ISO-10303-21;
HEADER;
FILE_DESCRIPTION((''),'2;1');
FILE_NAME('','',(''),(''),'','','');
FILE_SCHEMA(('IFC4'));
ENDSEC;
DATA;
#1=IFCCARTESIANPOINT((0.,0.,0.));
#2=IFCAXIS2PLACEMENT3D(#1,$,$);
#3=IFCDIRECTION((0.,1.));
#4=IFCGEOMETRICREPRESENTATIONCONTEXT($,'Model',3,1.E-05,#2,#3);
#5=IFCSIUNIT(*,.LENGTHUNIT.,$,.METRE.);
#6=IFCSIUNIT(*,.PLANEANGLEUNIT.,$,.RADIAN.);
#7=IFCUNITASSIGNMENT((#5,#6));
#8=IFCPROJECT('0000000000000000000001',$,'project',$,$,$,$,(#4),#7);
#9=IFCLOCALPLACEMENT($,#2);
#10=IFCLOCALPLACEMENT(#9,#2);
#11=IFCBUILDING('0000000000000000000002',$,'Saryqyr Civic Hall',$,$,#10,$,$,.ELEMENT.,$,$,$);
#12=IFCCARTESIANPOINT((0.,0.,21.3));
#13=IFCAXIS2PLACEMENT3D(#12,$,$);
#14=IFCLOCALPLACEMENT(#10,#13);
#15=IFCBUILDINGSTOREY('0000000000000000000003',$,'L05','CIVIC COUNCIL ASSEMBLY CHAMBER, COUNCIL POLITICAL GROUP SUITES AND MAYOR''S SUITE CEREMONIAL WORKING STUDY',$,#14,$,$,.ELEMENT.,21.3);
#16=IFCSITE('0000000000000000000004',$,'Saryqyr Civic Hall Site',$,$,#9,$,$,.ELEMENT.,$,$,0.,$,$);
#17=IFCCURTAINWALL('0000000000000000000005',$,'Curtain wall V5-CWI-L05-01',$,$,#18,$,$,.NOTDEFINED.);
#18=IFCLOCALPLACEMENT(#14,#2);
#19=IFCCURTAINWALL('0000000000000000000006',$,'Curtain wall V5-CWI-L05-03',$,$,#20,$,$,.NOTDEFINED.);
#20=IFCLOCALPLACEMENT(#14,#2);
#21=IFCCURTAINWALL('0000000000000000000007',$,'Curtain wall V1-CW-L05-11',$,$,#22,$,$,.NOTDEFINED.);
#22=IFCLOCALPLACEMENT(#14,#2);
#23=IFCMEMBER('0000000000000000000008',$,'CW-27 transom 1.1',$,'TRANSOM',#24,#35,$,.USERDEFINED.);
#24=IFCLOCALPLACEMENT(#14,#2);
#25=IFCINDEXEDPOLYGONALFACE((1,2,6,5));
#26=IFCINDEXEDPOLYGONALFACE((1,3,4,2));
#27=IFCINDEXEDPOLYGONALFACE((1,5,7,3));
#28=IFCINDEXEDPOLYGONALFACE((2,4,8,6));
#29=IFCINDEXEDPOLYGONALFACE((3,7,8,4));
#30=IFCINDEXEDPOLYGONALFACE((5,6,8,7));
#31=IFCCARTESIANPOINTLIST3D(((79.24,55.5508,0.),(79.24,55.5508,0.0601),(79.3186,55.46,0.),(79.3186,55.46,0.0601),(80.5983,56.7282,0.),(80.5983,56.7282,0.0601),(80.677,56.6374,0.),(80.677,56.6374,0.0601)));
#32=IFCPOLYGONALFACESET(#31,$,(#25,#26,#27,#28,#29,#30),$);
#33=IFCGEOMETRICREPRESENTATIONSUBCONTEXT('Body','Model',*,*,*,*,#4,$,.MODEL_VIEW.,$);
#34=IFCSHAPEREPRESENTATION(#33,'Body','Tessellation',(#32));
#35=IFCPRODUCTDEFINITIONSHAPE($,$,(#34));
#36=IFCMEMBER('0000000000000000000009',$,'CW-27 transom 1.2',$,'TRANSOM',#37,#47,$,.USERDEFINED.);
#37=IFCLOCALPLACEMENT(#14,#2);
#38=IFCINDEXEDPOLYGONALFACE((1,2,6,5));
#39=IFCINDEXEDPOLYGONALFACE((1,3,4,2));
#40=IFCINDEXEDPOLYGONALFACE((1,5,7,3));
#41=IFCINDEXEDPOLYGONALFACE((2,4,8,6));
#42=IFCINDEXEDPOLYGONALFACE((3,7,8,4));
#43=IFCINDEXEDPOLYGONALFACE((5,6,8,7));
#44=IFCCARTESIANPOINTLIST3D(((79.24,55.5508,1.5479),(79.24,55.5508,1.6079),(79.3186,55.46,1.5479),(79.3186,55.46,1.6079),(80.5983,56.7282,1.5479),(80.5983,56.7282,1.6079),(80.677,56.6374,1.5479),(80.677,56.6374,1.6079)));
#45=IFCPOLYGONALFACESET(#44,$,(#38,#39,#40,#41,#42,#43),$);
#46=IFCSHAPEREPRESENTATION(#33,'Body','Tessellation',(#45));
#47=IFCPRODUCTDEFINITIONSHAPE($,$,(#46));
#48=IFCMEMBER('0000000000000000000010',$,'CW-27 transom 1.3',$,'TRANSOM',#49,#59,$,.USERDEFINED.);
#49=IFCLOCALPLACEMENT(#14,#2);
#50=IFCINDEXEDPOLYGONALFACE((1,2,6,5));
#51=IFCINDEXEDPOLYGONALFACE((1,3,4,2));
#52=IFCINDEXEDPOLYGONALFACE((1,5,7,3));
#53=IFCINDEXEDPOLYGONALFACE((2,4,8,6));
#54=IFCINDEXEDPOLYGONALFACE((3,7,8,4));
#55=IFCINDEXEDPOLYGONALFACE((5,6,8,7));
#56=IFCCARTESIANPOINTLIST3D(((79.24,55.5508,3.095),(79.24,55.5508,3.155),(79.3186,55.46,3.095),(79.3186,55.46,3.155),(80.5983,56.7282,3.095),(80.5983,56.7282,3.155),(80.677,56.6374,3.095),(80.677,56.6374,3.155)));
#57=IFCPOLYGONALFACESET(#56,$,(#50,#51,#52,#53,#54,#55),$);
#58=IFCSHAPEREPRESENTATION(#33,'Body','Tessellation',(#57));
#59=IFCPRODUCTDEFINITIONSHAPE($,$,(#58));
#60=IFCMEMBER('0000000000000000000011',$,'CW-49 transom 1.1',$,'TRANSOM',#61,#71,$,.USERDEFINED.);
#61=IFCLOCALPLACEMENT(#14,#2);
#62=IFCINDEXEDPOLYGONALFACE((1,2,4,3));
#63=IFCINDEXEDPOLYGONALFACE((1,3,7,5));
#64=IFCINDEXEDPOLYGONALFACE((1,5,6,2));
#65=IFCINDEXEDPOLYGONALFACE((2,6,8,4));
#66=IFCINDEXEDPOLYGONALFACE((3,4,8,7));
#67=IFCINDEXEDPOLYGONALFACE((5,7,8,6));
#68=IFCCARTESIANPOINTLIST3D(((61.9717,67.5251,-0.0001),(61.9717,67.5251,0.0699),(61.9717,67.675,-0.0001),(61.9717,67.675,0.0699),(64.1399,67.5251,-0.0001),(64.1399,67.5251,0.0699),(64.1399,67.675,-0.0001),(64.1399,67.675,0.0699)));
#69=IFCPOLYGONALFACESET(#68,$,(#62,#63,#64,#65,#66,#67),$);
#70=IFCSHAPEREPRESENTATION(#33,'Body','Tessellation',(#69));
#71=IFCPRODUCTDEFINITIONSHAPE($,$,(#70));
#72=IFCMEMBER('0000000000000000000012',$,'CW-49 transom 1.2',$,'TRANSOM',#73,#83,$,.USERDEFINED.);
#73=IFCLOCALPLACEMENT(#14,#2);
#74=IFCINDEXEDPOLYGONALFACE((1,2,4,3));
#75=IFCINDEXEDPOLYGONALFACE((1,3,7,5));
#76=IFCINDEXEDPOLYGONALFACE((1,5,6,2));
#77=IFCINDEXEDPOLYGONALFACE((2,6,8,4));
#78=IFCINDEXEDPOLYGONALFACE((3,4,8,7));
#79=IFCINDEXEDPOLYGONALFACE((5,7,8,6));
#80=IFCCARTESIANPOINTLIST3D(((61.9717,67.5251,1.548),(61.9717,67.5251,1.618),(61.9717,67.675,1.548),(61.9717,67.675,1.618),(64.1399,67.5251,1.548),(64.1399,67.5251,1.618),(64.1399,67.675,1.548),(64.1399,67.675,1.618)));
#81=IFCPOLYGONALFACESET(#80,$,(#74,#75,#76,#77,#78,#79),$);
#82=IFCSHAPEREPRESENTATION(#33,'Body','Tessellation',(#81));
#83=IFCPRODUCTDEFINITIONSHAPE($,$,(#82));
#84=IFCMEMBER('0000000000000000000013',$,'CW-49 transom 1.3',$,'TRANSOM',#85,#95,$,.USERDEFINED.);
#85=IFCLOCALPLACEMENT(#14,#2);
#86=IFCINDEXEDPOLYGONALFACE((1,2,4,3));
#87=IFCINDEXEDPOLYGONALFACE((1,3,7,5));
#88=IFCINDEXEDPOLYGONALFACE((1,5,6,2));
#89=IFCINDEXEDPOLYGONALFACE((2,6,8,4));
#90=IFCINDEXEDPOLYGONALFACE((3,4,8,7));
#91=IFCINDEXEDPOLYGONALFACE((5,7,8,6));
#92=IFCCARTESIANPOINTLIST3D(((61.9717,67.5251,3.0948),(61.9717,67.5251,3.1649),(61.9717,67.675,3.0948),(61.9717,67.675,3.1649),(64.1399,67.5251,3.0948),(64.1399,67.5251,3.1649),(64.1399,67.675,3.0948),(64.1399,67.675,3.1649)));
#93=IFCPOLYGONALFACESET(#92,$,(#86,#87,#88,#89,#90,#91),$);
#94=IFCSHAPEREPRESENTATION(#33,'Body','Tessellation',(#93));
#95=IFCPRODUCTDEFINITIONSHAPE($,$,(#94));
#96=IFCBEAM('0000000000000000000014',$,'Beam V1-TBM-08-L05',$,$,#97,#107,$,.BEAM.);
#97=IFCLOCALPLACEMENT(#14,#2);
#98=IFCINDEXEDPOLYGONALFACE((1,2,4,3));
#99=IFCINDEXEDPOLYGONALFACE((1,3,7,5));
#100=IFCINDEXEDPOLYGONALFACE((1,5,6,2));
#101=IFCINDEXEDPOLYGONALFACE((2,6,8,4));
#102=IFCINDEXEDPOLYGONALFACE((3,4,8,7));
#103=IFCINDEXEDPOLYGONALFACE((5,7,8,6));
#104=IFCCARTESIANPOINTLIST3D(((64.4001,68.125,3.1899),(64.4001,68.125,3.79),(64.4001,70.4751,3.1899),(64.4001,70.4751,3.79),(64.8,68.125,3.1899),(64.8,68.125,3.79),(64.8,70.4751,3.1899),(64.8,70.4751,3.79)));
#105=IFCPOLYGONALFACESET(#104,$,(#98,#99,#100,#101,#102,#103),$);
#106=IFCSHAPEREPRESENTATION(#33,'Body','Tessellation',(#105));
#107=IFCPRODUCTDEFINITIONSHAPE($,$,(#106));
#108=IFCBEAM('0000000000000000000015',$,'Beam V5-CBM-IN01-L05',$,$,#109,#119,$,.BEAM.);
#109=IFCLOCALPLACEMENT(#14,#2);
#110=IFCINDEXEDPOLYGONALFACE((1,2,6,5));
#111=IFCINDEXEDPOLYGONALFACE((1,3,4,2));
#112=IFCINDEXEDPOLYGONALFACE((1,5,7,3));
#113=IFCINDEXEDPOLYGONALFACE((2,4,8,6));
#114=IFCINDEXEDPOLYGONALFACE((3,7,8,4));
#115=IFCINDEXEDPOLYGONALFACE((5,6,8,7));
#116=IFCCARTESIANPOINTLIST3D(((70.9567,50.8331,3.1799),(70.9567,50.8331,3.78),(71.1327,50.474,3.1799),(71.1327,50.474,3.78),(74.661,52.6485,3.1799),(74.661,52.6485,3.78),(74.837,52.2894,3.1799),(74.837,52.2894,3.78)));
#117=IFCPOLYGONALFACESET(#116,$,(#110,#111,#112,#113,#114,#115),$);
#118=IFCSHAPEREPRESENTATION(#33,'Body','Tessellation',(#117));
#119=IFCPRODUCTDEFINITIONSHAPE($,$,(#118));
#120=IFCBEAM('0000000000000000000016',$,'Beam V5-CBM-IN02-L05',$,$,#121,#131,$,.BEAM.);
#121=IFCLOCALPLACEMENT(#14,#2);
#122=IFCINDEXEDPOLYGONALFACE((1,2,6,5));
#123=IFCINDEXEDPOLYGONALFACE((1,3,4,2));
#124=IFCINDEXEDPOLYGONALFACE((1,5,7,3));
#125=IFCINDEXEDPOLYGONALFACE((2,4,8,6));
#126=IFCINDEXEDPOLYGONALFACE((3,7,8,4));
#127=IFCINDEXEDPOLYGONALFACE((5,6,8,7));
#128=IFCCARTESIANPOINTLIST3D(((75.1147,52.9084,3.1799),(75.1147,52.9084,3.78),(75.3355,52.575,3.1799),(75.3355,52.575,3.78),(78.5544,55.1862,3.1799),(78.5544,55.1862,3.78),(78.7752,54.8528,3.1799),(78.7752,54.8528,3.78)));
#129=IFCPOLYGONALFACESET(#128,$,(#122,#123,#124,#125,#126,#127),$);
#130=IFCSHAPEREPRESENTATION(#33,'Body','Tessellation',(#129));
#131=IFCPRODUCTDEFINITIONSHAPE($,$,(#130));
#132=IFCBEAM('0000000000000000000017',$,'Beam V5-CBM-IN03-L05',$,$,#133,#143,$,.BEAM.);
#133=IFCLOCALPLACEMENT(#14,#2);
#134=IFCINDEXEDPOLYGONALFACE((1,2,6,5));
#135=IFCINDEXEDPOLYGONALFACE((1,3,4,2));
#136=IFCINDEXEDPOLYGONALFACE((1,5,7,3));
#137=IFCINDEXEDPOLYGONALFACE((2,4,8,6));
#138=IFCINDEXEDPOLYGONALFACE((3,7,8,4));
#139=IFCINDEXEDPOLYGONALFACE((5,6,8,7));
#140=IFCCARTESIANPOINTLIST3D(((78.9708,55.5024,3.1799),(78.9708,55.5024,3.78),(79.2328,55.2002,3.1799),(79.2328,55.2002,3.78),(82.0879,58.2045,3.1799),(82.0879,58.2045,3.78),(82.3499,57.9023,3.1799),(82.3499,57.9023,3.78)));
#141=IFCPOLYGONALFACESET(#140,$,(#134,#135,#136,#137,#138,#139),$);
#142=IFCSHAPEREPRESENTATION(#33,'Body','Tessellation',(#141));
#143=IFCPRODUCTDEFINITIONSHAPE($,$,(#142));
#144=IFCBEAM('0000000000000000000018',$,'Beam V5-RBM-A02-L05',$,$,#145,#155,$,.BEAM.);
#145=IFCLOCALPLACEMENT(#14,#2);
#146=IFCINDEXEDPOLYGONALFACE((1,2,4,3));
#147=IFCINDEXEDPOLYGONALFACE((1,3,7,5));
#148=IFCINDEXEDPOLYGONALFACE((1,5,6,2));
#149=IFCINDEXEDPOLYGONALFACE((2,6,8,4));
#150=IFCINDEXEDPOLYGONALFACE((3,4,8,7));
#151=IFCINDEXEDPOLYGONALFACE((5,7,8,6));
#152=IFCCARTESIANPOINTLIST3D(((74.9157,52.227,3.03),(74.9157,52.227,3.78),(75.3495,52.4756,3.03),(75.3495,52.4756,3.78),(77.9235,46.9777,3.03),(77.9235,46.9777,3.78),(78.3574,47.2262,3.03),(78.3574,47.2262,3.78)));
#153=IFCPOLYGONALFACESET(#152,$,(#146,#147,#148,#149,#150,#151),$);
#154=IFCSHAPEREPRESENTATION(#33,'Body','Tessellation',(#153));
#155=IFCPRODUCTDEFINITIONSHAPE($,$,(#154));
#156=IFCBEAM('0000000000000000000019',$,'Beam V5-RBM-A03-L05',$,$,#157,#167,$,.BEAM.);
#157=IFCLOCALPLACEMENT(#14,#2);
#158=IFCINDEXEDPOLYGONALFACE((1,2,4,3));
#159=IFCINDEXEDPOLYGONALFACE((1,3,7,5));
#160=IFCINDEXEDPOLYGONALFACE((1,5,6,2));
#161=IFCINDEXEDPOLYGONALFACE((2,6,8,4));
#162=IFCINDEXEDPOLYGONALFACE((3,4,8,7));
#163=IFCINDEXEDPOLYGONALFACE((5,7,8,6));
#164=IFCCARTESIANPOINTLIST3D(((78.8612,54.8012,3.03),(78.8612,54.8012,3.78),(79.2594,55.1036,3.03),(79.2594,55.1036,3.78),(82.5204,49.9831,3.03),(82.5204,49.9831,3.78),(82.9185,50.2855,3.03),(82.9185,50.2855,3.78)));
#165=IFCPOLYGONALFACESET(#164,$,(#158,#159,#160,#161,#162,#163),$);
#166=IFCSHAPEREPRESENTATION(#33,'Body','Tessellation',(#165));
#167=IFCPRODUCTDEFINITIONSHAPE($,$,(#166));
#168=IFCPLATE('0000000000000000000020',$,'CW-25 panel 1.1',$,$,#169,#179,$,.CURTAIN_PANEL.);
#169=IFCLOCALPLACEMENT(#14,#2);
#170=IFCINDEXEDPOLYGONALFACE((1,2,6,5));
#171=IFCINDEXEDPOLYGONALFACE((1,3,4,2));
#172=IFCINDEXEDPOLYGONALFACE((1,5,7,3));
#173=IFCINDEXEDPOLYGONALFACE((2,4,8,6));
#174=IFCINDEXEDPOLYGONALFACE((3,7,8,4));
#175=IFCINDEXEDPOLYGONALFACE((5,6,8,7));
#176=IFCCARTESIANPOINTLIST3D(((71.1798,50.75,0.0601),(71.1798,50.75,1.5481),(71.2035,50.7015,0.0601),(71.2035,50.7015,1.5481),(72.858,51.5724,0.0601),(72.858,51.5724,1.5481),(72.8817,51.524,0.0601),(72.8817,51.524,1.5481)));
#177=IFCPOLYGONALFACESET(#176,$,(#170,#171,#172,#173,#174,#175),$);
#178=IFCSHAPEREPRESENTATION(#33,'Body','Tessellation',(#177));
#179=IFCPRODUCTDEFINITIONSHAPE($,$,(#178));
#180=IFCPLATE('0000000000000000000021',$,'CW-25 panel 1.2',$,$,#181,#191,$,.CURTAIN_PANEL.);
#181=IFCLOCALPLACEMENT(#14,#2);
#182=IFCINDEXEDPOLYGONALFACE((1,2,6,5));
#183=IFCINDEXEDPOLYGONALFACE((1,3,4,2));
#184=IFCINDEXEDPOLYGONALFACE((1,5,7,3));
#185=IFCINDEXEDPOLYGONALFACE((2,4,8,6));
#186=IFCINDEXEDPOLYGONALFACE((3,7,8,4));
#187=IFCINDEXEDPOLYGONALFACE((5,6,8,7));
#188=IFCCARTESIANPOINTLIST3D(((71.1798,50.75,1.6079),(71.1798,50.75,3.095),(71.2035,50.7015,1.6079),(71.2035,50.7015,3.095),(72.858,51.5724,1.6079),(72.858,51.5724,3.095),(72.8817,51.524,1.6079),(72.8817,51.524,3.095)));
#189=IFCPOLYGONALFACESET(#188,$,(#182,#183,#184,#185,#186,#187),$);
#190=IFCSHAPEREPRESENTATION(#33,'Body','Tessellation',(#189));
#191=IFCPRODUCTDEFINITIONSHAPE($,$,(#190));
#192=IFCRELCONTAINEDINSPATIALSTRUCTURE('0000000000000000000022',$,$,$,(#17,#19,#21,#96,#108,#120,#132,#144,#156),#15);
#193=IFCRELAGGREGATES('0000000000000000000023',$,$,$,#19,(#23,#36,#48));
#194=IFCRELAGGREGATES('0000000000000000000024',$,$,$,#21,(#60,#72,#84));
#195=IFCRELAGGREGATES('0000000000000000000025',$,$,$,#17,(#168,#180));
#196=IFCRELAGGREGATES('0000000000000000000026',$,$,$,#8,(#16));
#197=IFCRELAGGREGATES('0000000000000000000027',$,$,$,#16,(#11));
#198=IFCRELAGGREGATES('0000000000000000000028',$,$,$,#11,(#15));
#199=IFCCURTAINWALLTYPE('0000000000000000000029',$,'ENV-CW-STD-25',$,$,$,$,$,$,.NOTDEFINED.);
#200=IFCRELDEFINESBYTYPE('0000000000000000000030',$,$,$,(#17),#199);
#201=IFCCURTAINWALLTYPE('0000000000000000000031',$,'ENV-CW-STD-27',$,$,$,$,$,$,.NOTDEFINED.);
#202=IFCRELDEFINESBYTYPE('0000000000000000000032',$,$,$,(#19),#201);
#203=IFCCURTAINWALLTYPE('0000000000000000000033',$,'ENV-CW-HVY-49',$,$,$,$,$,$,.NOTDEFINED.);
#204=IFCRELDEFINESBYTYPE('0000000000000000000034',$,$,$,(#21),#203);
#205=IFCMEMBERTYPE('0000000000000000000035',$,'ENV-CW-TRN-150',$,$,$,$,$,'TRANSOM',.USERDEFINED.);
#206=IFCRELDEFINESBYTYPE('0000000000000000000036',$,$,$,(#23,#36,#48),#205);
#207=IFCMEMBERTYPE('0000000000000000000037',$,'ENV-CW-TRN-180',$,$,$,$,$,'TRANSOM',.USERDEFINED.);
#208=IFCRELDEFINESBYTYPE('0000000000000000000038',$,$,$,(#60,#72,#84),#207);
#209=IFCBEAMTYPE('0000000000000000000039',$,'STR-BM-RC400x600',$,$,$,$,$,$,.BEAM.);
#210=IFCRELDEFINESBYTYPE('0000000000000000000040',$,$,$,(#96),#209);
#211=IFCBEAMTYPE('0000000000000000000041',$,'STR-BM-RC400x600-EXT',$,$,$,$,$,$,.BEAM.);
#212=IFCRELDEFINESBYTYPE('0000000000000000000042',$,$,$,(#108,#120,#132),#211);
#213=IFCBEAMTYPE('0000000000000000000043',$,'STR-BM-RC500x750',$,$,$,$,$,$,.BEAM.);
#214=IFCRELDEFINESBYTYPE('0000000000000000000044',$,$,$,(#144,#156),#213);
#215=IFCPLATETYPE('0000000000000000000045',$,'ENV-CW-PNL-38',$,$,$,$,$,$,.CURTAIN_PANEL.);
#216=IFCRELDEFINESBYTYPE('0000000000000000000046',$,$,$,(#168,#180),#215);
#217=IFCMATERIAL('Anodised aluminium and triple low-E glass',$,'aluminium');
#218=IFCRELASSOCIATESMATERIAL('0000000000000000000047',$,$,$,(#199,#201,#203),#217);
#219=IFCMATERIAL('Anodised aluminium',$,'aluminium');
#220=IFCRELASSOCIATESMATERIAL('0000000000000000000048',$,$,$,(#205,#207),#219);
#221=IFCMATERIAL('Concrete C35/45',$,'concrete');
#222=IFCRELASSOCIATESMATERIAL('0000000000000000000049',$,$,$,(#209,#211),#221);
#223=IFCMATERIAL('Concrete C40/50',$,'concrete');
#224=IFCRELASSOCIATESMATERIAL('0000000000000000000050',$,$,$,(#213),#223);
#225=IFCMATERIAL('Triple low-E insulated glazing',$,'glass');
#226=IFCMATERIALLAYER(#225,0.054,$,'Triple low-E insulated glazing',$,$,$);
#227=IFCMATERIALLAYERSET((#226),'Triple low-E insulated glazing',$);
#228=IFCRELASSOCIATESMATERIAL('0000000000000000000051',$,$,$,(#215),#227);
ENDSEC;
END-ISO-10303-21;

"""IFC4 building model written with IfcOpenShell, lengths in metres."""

from ifc_helpers import new_model, si_unit, direction, frame, origin, origin_2d, place, context, subcontext, project, spatial, rectangle, extrude, material, layer, layer_set, material_profile, profile_set, type_object, element, aggregate, save


model = new_model("IFC4")

# Units and contexts
model_context = context("Model", 3, precision=1e-05, world=origin(), true_north=direction((0.0, 1.0)))
body_context = subcontext(model_context, "Body", "Model", "MODEL_VIEW")
ifc_project = project(units=[si_unit("LENGTHUNIT", "METRE"), si_unit("PLANEANGLEUNIT", "RADIAN")], contexts=[model_context])

# Site, building, storey
site_placement = place(None, origin())
site = spatial("IfcSite", under=ifc_project, at=site_placement, Name="Saryqyr Civic Hall Site", CompositionType="ELEMENT", RefElevation=0.0)
building_placement = place(site_placement, origin())
building = spatial("IfcBuilding", under=site, at=building_placement, Name="Saryqyr Civic Hall", CompositionType="ELEMENT")
storey_placement = place(building_placement, frame((0.0, 0.0, 21.3)))
storey = spatial("IfcBuildingStorey", under=building, at=storey_placement, Name="L05", Description="CIVIC COUNCIL ASSEMBLY CHAMBER, COUNCIL POLITICAL GROUP SUITES AND MAYOR'S SUITE CEREMONIAL WORKING STUDY", CompositionType="ELEMENT", Elevation=21.3)

# Shared definitions
ifc_material_1 = material(Name="Concrete C40/50", Category="concrete")

# Curtain wall
ifc_material_2 = material(Name="Anodised aluminium and triple low-E glass", Category="aluminium")
curtain_wall_type_1 = type_object("IfcCurtainWallType", Name="ENV-CW-STD-25", PredefinedType="NOTDEFINED", material=ifc_material_2)
curtain_wall_1_placement = place(storey_placement, origin())
curtain_wall_1 = element("IfcCurtainWall", 1, at=curtain_wall_1_placement, inside=storey, type_object=curtain_wall_type_1, Name="Curtain wall V5-CWI-L05-01", PredefinedType="NOTDEFINED")
ifc_material_3 = material(Name="Anodised aluminium", Category="aluminium")

# Curtain walls
curtain_wall_type_2 = type_object("IfcCurtainWallType", Name="ENV-CW-STD-27", PredefinedType="NOTDEFINED", material=ifc_material_2)
curtain_wall_2_placement = place(storey_placement, origin())
curtain_wall_2 = element("IfcCurtainWall", 2, at=curtain_wall_2_placement, inside=storey, type_object=curtain_wall_type_2, Name="Curtain wall V5-CWI-L05-03", PredefinedType="NOTDEFINED")
curtain_wall_type_3 = type_object("IfcCurtainWallType", Name="ENV-CW-HVY-49", PredefinedType="NOTDEFINED", material=ifc_material_2)
curtain_wall_3_placement = place(storey_placement, origin())
curtain_wall_3 = element("IfcCurtainWall", 3, at=curtain_wall_3_placement, inside=storey, type_object=curtain_wall_type_3, Name="Curtain wall V1-CW-L05-11", PredefinedType="NOTDEFINED")

# Members
ifc_material_profile_1 = material_profile(ifc_material_3, rectangle(XDim=0.1201, YDim=0.0601, at=origin_2d()), Name="ALU TRANSOM 120x60")
ifc_profile_set_1 = profile_set([ifc_material_profile_1], Name="Anodised aluminium")
member_type_1 = type_object("IfcMemberType", Name="ENV-CW-TRN-150", ElementType="TRANSOM", PredefinedType="USERDEFINED", material=ifc_profile_set_1)
member_1_placement = place(storey_placement, frame((79.2793, 55.5054, 0.03), z_axis=(0.755631, 0.654998, 0.0), x_axis=(-0.654998, 0.755631, 0.0)))
member_1 = element("IfcMember", 4, at=member_1_placement, type_object=member_type_1, Name="CW-27 transom 1.1", ObjectType="TRANSOM", PredefinedType="USERDEFINED", context=body_context, shape_type="SweptSolid", body=[
    extrude(rectangle(XDim=0.1201, YDim=0.0601, at=origin_2d()), origin(), (0.0, 0.0, 1.0), 1.7976),
])
member_2_placement = place(storey_placement, frame((79.2793, 55.5054, 1.5779), z_axis=(0.755631, 0.654998, 0.0), x_axis=(-0.654998, 0.755631, 0.0)))
member_2 = element("IfcMember", 5, at=member_2_placement, type_object=member_type_1, Name="CW-27 transom 1.2", ObjectType="TRANSOM", PredefinedType="USERDEFINED", context=body_context, shape_type="SweptSolid", body=[
    extrude(rectangle(XDim=0.1201, YDim=0.0601, at=origin_2d()), origin(), (0.0, 0.0, 1.0), 1.7976),
])
member_3_placement = place(storey_placement, frame((79.2793, 55.5054, 3.125), z_axis=(0.755631, 0.654998, 0.0), x_axis=(-0.654998, 0.755631, 0.0)))
member_3 = element("IfcMember", 6, at=member_3_placement, type_object=member_type_1, Name="CW-27 transom 1.3", ObjectType="TRANSOM", PredefinedType="USERDEFINED", context=body_context, shape_type="SweptSolid", body=[
    extrude(rectangle(XDim=0.1201, YDim=0.0601, at=origin_2d()), origin(), (0.0, 0.0, 1.0), 1.7976),
])
aggregate(curtain_wall_2, [member_1, member_2, member_3])
ifc_material_profile_2 = material_profile(ifc_material_3, rectangle(XDim=0.1499, YDim=0.0701, at=origin_2d()), Name="ALU TRANSOM 150x70")
ifc_profile_set_2 = profile_set([ifc_material_profile_2], Name="Anodised aluminium")
member_type_2 = type_object("IfcMemberType", Name="ENV-CW-TRN-180", ElementType="TRANSOM", PredefinedType="USERDEFINED", material=ifc_profile_set_2)
member_4_placement = place(storey_placement, frame((64.1399, 67.6001, 0.0349), z_axis=(-1.0, 0.0, 0.0), x_axis=(0.0, -1.0, 0.0)))
member_4 = element("IfcMember", 7, at=member_4_placement, type_object=member_type_2, Name="CW-49 transom 1.1", ObjectType="TRANSOM", PredefinedType="USERDEFINED", context=body_context, shape_type="SweptSolid", body=[
    extrude(rectangle(XDim=0.1499, YDim=0.0701, at=origin_2d()), origin(), (0.0, 0.0, 1.0), 2.1682),
])
member_5_placement = place(storey_placement, frame((64.1399, 67.6001, 1.583), z_axis=(-1.0, 0.0, 0.0), x_axis=(0.0, -1.0, 0.0)))
member_5 = element("IfcMember", 8, at=member_5_placement, type_object=member_type_2, Name="CW-49 transom 1.2", ObjectType="TRANSOM", PredefinedType="USERDEFINED", context=body_context, shape_type="SweptSolid", body=[
    extrude(rectangle(XDim=0.1499, YDim=0.0701, at=origin_2d()), origin(), (0.0, 0.0, 1.0), 2.1682),
])
member_6_placement = place(storey_placement, frame((64.1399, 67.6001, 3.1299), z_axis=(-1.0, 0.0, 0.0), x_axis=(0.0, -1.0, 0.0)))
member_6 = element("IfcMember", 9, at=member_6_placement, type_object=member_type_2, Name="CW-49 transom 1.3", ObjectType="TRANSOM", PredefinedType="USERDEFINED", context=body_context, shape_type="SweptSolid", body=[
    extrude(rectangle(XDim=0.1499, YDim=0.0701, at=origin_2d()), origin(), (0.0, 0.0, 1.0), 2.1682),
])
aggregate(curtain_wall_3, [member_4, member_5, member_6])

# Beams
ifc_material_4 = material(Name="Concrete C35/45", Category="concrete")
ifc_material_profile_3 = material_profile(ifc_material_4, rectangle(XDim=0.3999, YDim=0.6001, at=origin_2d()), Name="RC 400x600")
ifc_profile_set_3 = profile_set([ifc_material_profile_3], Name="Concrete C35/45")
beam_type_1 = type_object("IfcBeamType", Name="STR-BM-RC400x600", PredefinedType="BEAM", material=ifc_profile_set_3)
beam_1_placement = place(storey_placement, frame((64.6001, 68.125, 3.49), z_axis=(0.0, 1.0, 0.0), x_axis=(-1.0, 0.0, 0.0)))
element("IfcBeam", 10, at=beam_1_placement, inside=storey, type_object=beam_type_1, Name="Beam V1-TBM-08-L05", PredefinedType="BEAM", context=body_context, shape_type="SweptSolid", body=[
    extrude(rectangle(XDim=0.3999, YDim=0.6001, at=origin_2d()), origin(), (0.0, 0.0, 1.0), 2.3501),
])
ifc_material_profile_4 = material_profile(ifc_material_4, rectangle(XDim=0.3999, YDim=0.6001, at=origin_2d()), Name="RC 400x600")
ifc_profile_set_4 = profile_set([ifc_material_profile_4], Name="Concrete C35/45")
beam_type_2 = type_object("IfcBeamType", Name="STR-BM-RC400x600-EXT", PredefinedType="BEAM", material=ifc_profile_set_4)
beam_2_placement = place(storey_placement, frame((71.0447, 50.6536, 3.48), z_axis=(0.897962, 0.440074, 0.0), x_axis=(-0.440074, 0.897962, 0.0)))
element("IfcBeam", 11, at=beam_2_placement, inside=storey, type_object=beam_type_2, Name="Beam V5-CBM-IN01-L05", PredefinedType="BEAM", context=body_context, shape_type="SweptSolid", body=[
    extrude(rectangle(XDim=0.3999, YDim=0.6001, at=origin_2d()), origin(), (0.0, 0.0, 1.0), 4.1252),
])
beam_3_placement = place(storey_placement, frame((75.2251, 52.7417, 3.48), z_axis=(0.833758, 0.55213, 0.0), x_axis=(-0.55213, 0.833758, 0.0)))
element("IfcBeam", 12, at=beam_3_placement, inside=storey, type_object=beam_type_2, Name="Beam V5-CBM-IN02-L05", PredefinedType="BEAM", context=body_context, shape_type="SweptSolid", body=[
    extrude(rectangle(XDim=0.3999, YDim=0.6001, at=origin_2d()), origin(), (0.0, 0.0, 1.0), 4.1255),
])
beam_4_placement = place(storey_placement, frame((79.1018, 55.3513, 3.48), z_axis=(0.755619, 0.655012, 0.0), x_axis=(-0.655012, 0.755619, 0.0)))
element("IfcBeam", 13, at=beam_4_placement, inside=storey, type_object=beam_type_2, Name="Beam V5-CBM-IN03-L05", PredefinedType="BEAM", context=body_context, shape_type="SweptSolid", body=[
    extrude(rectangle(XDim=0.3999, YDim=0.6001, at=origin_2d()), origin(), (0.0, 0.0, 1.0), 4.1252),
])
ifc_material_profile_5 = material_profile(ifc_material_1, rectangle(XDim=0.5, YDim=0.75, at=origin_2d()), Name="RC 500x750")
ifc_profile_set_5 = profile_set([ifc_material_profile_5], Name="Concrete C40/50")
beam_type_3 = type_object("IfcBeamType", Name="STR-BM-RC500x750", PredefinedType="BEAM", material=ifc_profile_set_5)
for number, where, z_axis, x_axis, name in (
    (14, (75.1326, 52.3513, 3.405), (0.497164, -0.867656, 0.0), (0.867656, 0.497164, 0.0), "Beam V5-RBM-A02-L05"),
    (15, (79.0603, 54.9524, 3.405), (0.604812, -0.796368, 0.0), (0.796368, 0.604812, 0.0), "Beam V5-RBM-A03-L05"),
):
    element("IfcBeam", number, at=place(storey_placement, frame(where, z_axis=z_axis, x_axis=x_axis)), inside=storey, type_object=beam_type_3, Name=name, PredefinedType="BEAM", context=body_context, shape_type="SweptSolid", body=[
        extrude(rectangle(XDim=0.5, YDim=0.75, at=origin_2d()), origin(), (0.0, 0.0, 1.0), 6.05),
    ])

# Plates
ifc_material_5 = material(Name="Triple low-E insulated glazing", Category="glass")
ifc_layer_1 = layer(ifc_material_5, 0.054, Name="Triple low-E insulated glazing")
ifc_layer_set_1 = layer_set([ifc_layer_1], Name="Triple low-E insulated glazing")
plate_type = type_object("IfcPlateType", Name="ENV-CW-PNL-38", PredefinedType="CURTAIN_PANEL", material=ifc_layer_set_1)
plate_1_placement = place(storey_placement, frame((72.0308, 51.137, 0.0601), z_axis=(0.0, 0.0, 1.0), x_axis=(0.897962, 0.440073, 0.0)))
plate_1 = element("IfcPlate", 16, at=plate_1_placement, type_object=plate_type, Name="CW-25 panel 1.1", PredefinedType="CURTAIN_PANEL", context=body_context, shape_type="SweptSolid", body=[
    extrude(rectangle(XDim=1.8689, YDim=0.054, at=origin_2d()), origin(), (0.0, 0.0, 1.0), 1.488),
])
plate_2_placement = place(storey_placement, frame((72.0308, 51.137, 1.6079), z_axis=(0.0, 0.0, 1.0), x_axis=(0.897962, 0.440073, 0.0)))
plate_2 = element("IfcPlate", 17, at=plate_2_placement, type_object=plate_type, Name="CW-25 panel 1.2", PredefinedType="CURTAIN_PANEL", context=body_context, shape_type="SweptSolid", body=[
    extrude(rectangle(XDim=1.8689, YDim=0.054, at=origin_2d()), origin(), (0.0, 0.0, 1.0), 1.4871),
])
aggregate(curtain_wall_1, [plate_1, plate_2])

save(model, "model.ifc")
